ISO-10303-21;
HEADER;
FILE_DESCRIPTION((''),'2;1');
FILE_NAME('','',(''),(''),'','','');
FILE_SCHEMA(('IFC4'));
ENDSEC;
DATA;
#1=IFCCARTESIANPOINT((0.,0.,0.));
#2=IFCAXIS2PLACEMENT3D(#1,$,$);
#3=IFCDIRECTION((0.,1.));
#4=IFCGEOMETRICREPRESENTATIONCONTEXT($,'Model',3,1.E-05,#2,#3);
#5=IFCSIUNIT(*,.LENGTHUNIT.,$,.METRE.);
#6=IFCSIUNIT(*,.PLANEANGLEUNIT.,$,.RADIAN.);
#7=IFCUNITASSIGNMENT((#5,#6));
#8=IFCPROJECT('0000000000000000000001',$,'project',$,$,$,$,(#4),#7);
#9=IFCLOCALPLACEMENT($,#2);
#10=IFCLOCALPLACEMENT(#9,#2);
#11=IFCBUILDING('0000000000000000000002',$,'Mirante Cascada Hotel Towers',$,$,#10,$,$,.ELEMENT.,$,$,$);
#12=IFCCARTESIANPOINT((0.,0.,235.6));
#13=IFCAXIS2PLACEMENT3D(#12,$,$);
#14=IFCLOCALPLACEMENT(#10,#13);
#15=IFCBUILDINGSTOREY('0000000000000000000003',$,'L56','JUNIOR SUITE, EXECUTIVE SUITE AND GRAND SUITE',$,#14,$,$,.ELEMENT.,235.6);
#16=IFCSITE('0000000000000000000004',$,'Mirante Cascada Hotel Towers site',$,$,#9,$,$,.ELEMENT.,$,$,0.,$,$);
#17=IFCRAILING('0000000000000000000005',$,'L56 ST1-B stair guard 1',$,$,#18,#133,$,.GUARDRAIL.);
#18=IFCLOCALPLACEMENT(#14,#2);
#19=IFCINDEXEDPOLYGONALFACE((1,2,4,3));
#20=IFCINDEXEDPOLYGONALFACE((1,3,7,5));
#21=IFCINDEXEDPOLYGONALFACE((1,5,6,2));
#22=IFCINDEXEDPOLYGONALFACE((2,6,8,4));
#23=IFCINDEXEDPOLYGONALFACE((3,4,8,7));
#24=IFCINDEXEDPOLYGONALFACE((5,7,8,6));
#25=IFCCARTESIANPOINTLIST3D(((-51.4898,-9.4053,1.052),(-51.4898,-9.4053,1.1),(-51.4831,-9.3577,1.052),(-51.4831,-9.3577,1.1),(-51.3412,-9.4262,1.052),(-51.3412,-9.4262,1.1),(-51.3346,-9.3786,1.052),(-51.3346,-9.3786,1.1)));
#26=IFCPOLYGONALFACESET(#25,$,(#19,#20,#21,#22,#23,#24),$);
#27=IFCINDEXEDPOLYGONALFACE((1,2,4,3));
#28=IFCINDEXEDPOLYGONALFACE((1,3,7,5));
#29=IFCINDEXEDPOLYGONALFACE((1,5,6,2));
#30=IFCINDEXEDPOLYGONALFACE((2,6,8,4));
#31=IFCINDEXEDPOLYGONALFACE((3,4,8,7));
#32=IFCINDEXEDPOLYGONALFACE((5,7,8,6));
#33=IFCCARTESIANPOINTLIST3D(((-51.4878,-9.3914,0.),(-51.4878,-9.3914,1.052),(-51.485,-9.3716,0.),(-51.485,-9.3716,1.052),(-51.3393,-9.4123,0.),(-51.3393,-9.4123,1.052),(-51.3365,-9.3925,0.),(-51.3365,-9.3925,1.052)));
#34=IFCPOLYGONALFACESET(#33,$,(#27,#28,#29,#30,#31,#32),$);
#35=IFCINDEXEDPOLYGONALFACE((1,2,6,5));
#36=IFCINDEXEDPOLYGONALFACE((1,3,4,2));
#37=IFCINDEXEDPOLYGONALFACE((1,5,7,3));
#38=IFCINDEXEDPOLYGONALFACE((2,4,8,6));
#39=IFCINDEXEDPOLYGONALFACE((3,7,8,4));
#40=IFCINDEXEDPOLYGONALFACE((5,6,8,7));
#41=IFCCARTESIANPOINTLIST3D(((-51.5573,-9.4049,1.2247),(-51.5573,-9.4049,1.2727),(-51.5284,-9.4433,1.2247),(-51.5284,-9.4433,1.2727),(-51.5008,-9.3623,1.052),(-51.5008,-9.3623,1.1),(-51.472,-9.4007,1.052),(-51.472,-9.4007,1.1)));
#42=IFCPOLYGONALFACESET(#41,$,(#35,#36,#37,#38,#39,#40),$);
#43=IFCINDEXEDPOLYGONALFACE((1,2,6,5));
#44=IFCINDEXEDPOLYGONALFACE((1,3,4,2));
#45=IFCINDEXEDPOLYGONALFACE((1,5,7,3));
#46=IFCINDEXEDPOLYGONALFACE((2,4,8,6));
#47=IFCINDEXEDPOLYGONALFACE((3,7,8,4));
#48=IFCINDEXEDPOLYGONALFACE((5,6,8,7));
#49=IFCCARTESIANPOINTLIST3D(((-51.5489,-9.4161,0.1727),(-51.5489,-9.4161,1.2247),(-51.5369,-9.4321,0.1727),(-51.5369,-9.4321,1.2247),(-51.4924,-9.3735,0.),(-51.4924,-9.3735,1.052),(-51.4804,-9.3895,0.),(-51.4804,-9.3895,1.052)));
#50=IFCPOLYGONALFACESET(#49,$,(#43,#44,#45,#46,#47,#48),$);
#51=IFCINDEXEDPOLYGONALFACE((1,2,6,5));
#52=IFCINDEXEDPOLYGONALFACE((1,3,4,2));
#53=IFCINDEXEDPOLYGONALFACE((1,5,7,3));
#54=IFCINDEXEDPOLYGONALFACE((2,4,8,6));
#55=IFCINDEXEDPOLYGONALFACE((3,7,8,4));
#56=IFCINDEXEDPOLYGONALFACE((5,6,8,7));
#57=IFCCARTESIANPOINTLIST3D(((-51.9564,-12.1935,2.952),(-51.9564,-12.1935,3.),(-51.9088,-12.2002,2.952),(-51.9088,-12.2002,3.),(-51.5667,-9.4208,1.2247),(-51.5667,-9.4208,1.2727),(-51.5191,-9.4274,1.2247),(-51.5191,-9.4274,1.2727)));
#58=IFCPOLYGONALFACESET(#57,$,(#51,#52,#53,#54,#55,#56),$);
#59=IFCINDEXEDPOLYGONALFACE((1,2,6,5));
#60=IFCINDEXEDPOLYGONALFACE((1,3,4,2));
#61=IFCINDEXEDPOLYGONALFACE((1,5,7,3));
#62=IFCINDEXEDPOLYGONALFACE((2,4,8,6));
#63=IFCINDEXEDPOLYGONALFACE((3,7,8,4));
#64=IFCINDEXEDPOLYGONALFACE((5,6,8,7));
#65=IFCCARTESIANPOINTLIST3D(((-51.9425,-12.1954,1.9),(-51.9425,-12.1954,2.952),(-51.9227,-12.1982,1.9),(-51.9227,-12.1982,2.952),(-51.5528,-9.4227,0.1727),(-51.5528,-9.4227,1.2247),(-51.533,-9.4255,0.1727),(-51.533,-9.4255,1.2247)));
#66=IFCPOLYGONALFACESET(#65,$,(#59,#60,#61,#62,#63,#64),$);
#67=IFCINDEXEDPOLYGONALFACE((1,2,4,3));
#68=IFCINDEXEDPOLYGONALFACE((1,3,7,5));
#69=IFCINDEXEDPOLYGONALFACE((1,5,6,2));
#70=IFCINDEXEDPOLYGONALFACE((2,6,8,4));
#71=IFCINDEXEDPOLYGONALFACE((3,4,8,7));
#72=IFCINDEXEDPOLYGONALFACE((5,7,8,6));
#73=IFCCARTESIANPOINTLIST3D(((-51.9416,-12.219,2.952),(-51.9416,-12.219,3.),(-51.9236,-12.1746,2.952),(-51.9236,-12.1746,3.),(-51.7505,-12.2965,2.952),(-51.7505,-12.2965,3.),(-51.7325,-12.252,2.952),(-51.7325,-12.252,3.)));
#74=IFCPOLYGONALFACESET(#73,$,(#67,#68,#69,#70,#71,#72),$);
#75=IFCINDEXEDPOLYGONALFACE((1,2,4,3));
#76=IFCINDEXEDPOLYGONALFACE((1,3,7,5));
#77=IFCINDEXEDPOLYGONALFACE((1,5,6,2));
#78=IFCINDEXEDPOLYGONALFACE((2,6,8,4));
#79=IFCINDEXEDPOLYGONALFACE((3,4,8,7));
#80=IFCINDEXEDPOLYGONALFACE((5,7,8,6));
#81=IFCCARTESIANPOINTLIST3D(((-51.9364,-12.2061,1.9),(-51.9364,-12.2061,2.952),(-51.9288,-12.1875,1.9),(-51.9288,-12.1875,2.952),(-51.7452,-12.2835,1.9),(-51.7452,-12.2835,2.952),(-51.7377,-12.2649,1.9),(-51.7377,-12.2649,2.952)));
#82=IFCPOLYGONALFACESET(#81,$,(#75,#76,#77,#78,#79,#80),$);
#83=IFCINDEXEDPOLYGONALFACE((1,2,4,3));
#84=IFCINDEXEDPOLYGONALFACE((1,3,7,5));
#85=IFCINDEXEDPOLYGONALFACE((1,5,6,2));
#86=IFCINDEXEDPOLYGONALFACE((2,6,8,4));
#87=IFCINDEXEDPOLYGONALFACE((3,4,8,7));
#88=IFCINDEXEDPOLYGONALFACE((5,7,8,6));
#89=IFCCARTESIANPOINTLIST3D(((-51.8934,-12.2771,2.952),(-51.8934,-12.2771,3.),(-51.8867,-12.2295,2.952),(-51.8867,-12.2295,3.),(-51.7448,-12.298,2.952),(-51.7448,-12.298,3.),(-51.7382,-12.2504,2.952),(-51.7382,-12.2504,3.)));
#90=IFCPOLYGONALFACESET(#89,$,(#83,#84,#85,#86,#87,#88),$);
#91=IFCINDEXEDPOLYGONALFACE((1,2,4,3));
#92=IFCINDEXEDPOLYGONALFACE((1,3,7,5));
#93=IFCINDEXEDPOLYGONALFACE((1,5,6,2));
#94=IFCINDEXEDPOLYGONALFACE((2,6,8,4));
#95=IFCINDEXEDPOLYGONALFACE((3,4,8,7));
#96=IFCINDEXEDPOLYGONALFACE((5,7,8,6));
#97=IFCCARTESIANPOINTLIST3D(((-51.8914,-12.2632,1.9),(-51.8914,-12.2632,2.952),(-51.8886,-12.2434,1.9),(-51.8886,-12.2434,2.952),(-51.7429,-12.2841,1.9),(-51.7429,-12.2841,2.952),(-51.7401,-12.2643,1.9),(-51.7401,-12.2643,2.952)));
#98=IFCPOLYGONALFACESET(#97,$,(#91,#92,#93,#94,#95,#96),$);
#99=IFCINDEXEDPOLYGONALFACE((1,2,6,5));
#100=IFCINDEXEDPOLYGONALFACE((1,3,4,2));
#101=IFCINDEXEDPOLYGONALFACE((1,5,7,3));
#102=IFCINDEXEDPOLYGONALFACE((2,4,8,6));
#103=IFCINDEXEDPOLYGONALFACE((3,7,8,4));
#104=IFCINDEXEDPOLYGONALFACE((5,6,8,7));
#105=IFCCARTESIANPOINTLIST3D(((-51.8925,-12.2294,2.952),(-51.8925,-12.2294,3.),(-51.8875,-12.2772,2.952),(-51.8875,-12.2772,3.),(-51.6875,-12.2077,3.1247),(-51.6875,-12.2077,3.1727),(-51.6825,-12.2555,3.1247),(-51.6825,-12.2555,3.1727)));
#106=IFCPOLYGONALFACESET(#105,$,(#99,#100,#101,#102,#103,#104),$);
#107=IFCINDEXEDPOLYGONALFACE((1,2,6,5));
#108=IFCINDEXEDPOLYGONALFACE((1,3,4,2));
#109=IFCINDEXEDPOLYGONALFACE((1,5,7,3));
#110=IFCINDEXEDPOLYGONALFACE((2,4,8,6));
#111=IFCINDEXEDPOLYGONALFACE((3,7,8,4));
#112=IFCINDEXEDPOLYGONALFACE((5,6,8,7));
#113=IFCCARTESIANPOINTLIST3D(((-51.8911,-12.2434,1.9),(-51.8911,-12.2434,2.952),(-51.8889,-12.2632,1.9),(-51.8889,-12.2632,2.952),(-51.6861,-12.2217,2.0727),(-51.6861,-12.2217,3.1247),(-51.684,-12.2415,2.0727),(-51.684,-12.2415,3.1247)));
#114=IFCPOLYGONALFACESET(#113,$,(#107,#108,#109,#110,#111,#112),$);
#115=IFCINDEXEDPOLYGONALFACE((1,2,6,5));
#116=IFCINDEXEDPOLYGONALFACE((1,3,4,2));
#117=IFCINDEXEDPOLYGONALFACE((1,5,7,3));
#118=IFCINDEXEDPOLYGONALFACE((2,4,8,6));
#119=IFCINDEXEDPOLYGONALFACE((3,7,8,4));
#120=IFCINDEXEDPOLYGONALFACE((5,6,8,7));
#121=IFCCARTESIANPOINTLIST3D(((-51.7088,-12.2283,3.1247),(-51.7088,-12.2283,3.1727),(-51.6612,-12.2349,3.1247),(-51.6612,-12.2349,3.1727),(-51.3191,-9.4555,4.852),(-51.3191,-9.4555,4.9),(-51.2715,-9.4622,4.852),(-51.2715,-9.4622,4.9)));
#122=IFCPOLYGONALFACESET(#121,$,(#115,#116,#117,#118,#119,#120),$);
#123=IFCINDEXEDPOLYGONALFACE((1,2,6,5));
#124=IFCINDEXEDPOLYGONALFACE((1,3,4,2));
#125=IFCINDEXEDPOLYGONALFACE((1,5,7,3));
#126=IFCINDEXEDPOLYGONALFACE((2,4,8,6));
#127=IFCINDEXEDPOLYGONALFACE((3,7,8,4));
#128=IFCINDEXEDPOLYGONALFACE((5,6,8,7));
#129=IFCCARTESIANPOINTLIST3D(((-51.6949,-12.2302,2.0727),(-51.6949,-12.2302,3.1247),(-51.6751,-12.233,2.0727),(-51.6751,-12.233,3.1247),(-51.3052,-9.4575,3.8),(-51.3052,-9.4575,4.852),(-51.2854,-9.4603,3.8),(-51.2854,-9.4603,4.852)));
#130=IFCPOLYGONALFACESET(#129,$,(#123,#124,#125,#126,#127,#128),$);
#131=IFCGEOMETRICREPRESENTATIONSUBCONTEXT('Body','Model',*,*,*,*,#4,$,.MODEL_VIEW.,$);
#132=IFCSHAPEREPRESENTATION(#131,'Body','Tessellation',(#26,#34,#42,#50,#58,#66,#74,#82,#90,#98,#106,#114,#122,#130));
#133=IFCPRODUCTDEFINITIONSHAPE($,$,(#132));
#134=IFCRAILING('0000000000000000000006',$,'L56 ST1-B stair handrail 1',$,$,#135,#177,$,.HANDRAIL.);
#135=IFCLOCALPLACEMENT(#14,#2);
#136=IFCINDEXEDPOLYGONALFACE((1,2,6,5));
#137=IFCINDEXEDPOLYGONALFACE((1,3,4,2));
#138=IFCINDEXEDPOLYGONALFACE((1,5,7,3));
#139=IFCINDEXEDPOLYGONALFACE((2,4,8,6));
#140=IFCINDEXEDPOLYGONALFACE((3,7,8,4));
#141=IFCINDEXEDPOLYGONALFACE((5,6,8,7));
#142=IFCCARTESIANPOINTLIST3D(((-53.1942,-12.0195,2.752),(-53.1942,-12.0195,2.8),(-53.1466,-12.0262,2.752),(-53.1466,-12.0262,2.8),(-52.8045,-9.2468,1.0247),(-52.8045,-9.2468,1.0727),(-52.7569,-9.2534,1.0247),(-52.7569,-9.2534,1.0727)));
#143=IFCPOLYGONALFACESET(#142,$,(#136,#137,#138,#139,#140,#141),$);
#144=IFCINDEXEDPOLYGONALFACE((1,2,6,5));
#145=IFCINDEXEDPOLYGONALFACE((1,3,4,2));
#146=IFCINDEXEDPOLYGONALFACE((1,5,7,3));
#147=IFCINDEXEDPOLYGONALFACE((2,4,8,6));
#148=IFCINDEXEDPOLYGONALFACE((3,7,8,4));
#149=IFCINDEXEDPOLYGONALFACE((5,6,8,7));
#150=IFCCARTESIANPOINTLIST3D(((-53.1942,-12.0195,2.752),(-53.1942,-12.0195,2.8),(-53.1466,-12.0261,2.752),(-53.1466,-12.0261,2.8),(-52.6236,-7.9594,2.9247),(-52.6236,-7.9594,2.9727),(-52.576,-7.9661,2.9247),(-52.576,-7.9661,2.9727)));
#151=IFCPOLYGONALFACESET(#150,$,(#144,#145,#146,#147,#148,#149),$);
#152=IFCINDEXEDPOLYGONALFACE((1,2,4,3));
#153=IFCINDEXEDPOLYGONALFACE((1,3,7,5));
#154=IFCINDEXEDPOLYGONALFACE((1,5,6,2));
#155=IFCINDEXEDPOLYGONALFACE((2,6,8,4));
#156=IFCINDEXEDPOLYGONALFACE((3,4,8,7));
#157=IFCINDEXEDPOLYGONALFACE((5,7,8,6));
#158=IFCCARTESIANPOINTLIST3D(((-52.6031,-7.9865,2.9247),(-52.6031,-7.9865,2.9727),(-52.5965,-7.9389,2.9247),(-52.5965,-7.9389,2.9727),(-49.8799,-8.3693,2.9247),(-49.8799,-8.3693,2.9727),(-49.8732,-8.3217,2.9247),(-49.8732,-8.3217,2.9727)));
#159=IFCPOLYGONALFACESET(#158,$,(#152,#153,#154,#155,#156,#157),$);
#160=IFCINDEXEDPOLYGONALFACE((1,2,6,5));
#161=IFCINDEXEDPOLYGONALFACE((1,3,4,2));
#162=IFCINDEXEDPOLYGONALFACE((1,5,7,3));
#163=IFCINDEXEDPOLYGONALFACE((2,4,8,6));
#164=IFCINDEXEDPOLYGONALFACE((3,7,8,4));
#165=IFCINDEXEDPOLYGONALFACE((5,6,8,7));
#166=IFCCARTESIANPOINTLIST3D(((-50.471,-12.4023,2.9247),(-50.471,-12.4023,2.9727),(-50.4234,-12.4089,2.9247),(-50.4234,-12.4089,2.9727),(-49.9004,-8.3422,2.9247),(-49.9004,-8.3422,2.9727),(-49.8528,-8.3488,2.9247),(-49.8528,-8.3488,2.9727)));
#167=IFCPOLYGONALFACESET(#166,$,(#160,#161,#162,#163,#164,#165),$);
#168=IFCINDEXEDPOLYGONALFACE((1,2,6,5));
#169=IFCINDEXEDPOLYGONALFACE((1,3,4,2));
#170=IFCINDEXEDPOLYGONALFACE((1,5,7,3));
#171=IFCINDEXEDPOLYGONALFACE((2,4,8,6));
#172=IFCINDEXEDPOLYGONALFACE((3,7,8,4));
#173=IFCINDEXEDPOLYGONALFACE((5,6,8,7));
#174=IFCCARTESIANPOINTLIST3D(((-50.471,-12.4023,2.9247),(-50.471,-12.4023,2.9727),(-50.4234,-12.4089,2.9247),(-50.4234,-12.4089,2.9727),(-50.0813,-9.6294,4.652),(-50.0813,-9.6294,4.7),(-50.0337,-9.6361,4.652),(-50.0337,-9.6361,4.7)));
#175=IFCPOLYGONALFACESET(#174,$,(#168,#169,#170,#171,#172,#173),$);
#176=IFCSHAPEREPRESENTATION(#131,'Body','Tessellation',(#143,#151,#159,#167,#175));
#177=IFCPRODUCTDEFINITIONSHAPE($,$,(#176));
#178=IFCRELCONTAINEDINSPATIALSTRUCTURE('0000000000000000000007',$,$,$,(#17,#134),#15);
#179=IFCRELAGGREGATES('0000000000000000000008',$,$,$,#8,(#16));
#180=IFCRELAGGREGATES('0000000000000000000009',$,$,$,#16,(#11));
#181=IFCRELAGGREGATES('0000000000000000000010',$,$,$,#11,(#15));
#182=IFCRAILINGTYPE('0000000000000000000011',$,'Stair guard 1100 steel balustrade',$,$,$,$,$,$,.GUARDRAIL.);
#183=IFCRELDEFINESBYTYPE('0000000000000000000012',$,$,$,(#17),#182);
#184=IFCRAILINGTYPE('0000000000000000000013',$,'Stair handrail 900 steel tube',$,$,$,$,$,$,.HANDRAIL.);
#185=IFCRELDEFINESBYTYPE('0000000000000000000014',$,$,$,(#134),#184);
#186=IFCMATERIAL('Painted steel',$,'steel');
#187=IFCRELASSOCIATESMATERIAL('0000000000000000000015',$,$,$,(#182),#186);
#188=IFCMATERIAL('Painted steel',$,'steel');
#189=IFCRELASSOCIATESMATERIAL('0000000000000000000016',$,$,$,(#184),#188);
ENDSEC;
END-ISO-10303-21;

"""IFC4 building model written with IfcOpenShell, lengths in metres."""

from ifc_helpers import new_model, si_unit, direction, frame, origin, origin_2d, place, context, subcontext, project, spatial, rectangle, extrude, material, type_object, element, save


model = new_model("IFC4")

# Units and contexts
model_context = context("Model", 3, precision=1e-05, world=origin(), true_north=direction((0.0, 1.0)))
body_context = subcontext(model_context, "Body", "Model", "MODEL_VIEW")
ifc_project = project(units=[si_unit("LENGTHUNIT", "METRE"), si_unit("PLANEANGLEUNIT", "RADIAN")], contexts=[model_context])

# Site, building, storey
site_placement = place(None, origin())
site = spatial("IfcSite", under=ifc_project, at=site_placement, Name="Mirante Cascada Hotel Towers site", CompositionType="ELEMENT", RefElevation=0.0)
building_placement = place(site_placement, origin())
building = spatial("IfcBuilding", under=site, at=building_placement, Name="Mirante Cascada Hotel Towers", CompositionType="ELEMENT")
storey_placement = place(building_placement, frame((0.0, 0.0, 235.6)))
storey = spatial("IfcBuildingStorey", under=building, at=storey_placement, Name="L56", Description="JUNIOR SUITE, EXECUTIVE SUITE AND GRAND SUITE", CompositionType="ELEMENT", Elevation=235.6)

# Railings
ifc_material_1 = material(Name="Painted steel", Category="steel")
railing_type_1 = type_object("IfcRailingType", Name="Stair guard 1100 steel balustrade", PredefinedType="GUARDRAIL", material=ifc_material_1)
railing_1_placement = place(storey_placement, frame((-51.3379, -9.4024, 0.0)))
element("IfcRailing", 1, at=railing_1_placement, inside=storey, type_object=railing_type_1, Name="L56 ST1-B stair guard 1", PredefinedType="GUARDRAIL", context=body_context, shape_type="SweptSolid", body=[
    extrude(rectangle(XDim=0.048, YDim=0.048, at=origin_2d()), frame((0.0, 0.0, 1.076), z_axis=(-0.990241, 0.139367, 0.0), x_axis=(-0.139367, -0.990241, 0.0)), (0.0, 0.0, 1.0), 0.15),
    extrude(rectangle(XDim=0.02, YDim=1.052, at=origin_2d()), frame((0.0, 0.0, 0.526), z_axis=(-0.990241, 0.139367, 0.0), x_axis=(-0.139367, -0.990241, 0.0)), (0.0, 0.0, 1.0), 0.15),
    extrude(rectangle(XDim=0.048, YDim=0.048, at=origin_2d()), frame((-0.1485, 0.0209, 1.076), z_axis=(-0.798471, -0.602033, 0.0), x_axis=(0.602033, -0.798471, 0.0)), (0.0, 0.92534, 0.379139), 0.1866),
    extrude(rectangle(XDim=0.02, YDim=1.052, at=origin_2d()), frame((-0.1485, 0.0209, 0.526), z_axis=(-0.798471, -0.602033, 0.0), x_axis=(0.602033, -0.798471, 0.0)), (0.0, 0.92534, 0.379139), 0.1866),
    extrude(rectangle(XDim=0.048, YDim=0.048, at=origin_2d()), frame((-0.205, -0.0217, 1.2487), z_axis=(-0.139181, -0.990267, 0.0), x_axis=(0.990267, -0.139181, 0.0)), (0.0, 0.525035, 0.851081), 3.2899),
    extrude(rectangle(XDim=0.02, YDim=1.052, at=origin_2d()), frame((-0.205, -0.0217, 0.6987), z_axis=(-0.139181, -0.990267, 0.0), x_axis=(0.990267, -0.139181, 0.0)), (0.0, 0.525035, 0.851081), 3.2899),
    extrude(rectangle(XDim=0.048, YDim=0.048, at=origin_2d()), frame((-0.5947, -2.7944, 2.976), z_axis=(0.926862, -0.375401, 0.0), x_axis=(0.375401, 0.926862, 0.0)), (0.0, 0.0, 1.0), 0.2062),
    extrude(rectangle(XDim=0.02, YDim=1.052, at=origin_2d()), frame((-0.5947, -2.7944, 2.426), z_axis=(0.926862, -0.375401, 0.0), x_axis=(0.375401, 0.926862, 0.0)), (0.0, 0.0, 1.0), 0.2062),
    extrude(rectangle(XDim=0.048, YDim=0.048, at=origin_2d()), frame((-0.4036, -2.8718, 2.976), z_axis=(-0.990241, 0.139367, 0.0), x_axis=(-0.139367, -0.990241, 0.0)), (0.0, 0.0, 1.0), 0.15),
    extrude(rectangle(XDim=0.02, YDim=1.052, at=origin_2d()), frame((-0.4036, -2.8718, 2.426), z_axis=(-0.990241, 0.139367, 0.0), x_axis=(-0.139367, -0.990241, 0.0)), (0.0, 0.0, 1.0), 0.15),
    extrude(rectangle(XDim=0.048, YDim=0.048, at=origin_2d()), frame((-0.5521, -2.8509, 2.976), z_axis=(0.994444, 0.105266, 0.0), x_axis=(-0.105266, 0.994444, 0.0)), (0.0, 0.642184, 0.76655), 0.2689),
    extrude(rectangle(XDim=0.02, YDim=1.052, at=origin_2d()), frame((-0.5521, -2.8509, 2.426), z_axis=(0.994444, 0.105266, 0.0), x_axis=(-0.105266, 0.994444, 0.0)), (0.0, 0.642184, 0.76655), 0.2689),
    extrude(rectangle(XDim=0.048, YDim=0.048, at=origin_2d()), frame((-0.3471, -2.8292, 3.1487), z_axis=(0.139181, 0.990267, 0.0), x_axis=(-0.990267, 0.139181, 0.0)), (0.0, 0.525035, 0.851081), 3.2899),
    extrude(rectangle(XDim=0.02, YDim=1.052, at=origin_2d()), frame((-0.3471, -2.8292, 2.5987), z_axis=(0.139181, 0.990267, 0.0), x_axis=(-0.990267, 0.139181, 0.0)), (0.0, 0.525035, 0.851081), 3.2899),
])
ifc_material_2 = material(Name="Painted steel", Category="steel")
railing_type_2 = type_object("IfcRailingType", Name="Stair handrail 900 steel tube", PredefinedType="HANDRAIL", material=ifc_material_2)
railing_2_placement = place(storey_placement, frame((-52.7807, -9.2501, 0.1727)))
element("IfcRailing", 2, at=railing_2_placement, inside=storey, type_object=railing_type_2, Name="L56 ST1-B stair handrail 1", PredefinedType="HANDRAIL", context=body_context, shape_type="SweptSolid", body=[
    extrude(rectangle(XDim=0.048, YDim=0.048, at=origin_2d()), frame((0.0, 0.0, 0.876), z_axis=(-0.139181, -0.990267, 0.0), x_axis=(0.990267, -0.139181, 0.0)), (0.0, 0.525035, 0.851081), 3.2899),
    extrude(rectangle(XDim=0.048, YDim=0.048, at=origin_2d()), frame((-0.3897, -2.7727, 2.6033), z_axis=(0.139171, 0.990268, 0.0), x_axis=(-0.990268, 0.139171, 0.0)), (0.0, 0.042085, 0.999114), 4.1036),
    extrude(rectangle(XDim=0.048, YDim=0.048, at=origin_2d()), frame((0.1809, 1.2874, 2.776), z_axis=(0.990264, -0.139201, 0.0), x_axis=(0.139201, 0.990264, 0.0)), (0.0, 0.0, 1.0), 2.75),
    extrude(rectangle(XDim=0.048, YDim=0.048, at=origin_2d()), frame((2.9041, 0.9046, 2.776), z_axis=(-0.139171, -0.990268, 0.0), x_axis=(0.990268, -0.139171, 0.0)), (0.0, 0.0, 1.0), 4.1),
    extrude(rectangle(XDim=0.048, YDim=0.048, at=origin_2d()), frame((2.3335, -3.1555, 2.776), z_axis=(0.139176, 0.990268, 0.0), x_axis=(-0.990268, 0.139176, 0.0)), (0.0, 0.525021, 0.851089), 3.29),
])

save(model, "model.ifc")
